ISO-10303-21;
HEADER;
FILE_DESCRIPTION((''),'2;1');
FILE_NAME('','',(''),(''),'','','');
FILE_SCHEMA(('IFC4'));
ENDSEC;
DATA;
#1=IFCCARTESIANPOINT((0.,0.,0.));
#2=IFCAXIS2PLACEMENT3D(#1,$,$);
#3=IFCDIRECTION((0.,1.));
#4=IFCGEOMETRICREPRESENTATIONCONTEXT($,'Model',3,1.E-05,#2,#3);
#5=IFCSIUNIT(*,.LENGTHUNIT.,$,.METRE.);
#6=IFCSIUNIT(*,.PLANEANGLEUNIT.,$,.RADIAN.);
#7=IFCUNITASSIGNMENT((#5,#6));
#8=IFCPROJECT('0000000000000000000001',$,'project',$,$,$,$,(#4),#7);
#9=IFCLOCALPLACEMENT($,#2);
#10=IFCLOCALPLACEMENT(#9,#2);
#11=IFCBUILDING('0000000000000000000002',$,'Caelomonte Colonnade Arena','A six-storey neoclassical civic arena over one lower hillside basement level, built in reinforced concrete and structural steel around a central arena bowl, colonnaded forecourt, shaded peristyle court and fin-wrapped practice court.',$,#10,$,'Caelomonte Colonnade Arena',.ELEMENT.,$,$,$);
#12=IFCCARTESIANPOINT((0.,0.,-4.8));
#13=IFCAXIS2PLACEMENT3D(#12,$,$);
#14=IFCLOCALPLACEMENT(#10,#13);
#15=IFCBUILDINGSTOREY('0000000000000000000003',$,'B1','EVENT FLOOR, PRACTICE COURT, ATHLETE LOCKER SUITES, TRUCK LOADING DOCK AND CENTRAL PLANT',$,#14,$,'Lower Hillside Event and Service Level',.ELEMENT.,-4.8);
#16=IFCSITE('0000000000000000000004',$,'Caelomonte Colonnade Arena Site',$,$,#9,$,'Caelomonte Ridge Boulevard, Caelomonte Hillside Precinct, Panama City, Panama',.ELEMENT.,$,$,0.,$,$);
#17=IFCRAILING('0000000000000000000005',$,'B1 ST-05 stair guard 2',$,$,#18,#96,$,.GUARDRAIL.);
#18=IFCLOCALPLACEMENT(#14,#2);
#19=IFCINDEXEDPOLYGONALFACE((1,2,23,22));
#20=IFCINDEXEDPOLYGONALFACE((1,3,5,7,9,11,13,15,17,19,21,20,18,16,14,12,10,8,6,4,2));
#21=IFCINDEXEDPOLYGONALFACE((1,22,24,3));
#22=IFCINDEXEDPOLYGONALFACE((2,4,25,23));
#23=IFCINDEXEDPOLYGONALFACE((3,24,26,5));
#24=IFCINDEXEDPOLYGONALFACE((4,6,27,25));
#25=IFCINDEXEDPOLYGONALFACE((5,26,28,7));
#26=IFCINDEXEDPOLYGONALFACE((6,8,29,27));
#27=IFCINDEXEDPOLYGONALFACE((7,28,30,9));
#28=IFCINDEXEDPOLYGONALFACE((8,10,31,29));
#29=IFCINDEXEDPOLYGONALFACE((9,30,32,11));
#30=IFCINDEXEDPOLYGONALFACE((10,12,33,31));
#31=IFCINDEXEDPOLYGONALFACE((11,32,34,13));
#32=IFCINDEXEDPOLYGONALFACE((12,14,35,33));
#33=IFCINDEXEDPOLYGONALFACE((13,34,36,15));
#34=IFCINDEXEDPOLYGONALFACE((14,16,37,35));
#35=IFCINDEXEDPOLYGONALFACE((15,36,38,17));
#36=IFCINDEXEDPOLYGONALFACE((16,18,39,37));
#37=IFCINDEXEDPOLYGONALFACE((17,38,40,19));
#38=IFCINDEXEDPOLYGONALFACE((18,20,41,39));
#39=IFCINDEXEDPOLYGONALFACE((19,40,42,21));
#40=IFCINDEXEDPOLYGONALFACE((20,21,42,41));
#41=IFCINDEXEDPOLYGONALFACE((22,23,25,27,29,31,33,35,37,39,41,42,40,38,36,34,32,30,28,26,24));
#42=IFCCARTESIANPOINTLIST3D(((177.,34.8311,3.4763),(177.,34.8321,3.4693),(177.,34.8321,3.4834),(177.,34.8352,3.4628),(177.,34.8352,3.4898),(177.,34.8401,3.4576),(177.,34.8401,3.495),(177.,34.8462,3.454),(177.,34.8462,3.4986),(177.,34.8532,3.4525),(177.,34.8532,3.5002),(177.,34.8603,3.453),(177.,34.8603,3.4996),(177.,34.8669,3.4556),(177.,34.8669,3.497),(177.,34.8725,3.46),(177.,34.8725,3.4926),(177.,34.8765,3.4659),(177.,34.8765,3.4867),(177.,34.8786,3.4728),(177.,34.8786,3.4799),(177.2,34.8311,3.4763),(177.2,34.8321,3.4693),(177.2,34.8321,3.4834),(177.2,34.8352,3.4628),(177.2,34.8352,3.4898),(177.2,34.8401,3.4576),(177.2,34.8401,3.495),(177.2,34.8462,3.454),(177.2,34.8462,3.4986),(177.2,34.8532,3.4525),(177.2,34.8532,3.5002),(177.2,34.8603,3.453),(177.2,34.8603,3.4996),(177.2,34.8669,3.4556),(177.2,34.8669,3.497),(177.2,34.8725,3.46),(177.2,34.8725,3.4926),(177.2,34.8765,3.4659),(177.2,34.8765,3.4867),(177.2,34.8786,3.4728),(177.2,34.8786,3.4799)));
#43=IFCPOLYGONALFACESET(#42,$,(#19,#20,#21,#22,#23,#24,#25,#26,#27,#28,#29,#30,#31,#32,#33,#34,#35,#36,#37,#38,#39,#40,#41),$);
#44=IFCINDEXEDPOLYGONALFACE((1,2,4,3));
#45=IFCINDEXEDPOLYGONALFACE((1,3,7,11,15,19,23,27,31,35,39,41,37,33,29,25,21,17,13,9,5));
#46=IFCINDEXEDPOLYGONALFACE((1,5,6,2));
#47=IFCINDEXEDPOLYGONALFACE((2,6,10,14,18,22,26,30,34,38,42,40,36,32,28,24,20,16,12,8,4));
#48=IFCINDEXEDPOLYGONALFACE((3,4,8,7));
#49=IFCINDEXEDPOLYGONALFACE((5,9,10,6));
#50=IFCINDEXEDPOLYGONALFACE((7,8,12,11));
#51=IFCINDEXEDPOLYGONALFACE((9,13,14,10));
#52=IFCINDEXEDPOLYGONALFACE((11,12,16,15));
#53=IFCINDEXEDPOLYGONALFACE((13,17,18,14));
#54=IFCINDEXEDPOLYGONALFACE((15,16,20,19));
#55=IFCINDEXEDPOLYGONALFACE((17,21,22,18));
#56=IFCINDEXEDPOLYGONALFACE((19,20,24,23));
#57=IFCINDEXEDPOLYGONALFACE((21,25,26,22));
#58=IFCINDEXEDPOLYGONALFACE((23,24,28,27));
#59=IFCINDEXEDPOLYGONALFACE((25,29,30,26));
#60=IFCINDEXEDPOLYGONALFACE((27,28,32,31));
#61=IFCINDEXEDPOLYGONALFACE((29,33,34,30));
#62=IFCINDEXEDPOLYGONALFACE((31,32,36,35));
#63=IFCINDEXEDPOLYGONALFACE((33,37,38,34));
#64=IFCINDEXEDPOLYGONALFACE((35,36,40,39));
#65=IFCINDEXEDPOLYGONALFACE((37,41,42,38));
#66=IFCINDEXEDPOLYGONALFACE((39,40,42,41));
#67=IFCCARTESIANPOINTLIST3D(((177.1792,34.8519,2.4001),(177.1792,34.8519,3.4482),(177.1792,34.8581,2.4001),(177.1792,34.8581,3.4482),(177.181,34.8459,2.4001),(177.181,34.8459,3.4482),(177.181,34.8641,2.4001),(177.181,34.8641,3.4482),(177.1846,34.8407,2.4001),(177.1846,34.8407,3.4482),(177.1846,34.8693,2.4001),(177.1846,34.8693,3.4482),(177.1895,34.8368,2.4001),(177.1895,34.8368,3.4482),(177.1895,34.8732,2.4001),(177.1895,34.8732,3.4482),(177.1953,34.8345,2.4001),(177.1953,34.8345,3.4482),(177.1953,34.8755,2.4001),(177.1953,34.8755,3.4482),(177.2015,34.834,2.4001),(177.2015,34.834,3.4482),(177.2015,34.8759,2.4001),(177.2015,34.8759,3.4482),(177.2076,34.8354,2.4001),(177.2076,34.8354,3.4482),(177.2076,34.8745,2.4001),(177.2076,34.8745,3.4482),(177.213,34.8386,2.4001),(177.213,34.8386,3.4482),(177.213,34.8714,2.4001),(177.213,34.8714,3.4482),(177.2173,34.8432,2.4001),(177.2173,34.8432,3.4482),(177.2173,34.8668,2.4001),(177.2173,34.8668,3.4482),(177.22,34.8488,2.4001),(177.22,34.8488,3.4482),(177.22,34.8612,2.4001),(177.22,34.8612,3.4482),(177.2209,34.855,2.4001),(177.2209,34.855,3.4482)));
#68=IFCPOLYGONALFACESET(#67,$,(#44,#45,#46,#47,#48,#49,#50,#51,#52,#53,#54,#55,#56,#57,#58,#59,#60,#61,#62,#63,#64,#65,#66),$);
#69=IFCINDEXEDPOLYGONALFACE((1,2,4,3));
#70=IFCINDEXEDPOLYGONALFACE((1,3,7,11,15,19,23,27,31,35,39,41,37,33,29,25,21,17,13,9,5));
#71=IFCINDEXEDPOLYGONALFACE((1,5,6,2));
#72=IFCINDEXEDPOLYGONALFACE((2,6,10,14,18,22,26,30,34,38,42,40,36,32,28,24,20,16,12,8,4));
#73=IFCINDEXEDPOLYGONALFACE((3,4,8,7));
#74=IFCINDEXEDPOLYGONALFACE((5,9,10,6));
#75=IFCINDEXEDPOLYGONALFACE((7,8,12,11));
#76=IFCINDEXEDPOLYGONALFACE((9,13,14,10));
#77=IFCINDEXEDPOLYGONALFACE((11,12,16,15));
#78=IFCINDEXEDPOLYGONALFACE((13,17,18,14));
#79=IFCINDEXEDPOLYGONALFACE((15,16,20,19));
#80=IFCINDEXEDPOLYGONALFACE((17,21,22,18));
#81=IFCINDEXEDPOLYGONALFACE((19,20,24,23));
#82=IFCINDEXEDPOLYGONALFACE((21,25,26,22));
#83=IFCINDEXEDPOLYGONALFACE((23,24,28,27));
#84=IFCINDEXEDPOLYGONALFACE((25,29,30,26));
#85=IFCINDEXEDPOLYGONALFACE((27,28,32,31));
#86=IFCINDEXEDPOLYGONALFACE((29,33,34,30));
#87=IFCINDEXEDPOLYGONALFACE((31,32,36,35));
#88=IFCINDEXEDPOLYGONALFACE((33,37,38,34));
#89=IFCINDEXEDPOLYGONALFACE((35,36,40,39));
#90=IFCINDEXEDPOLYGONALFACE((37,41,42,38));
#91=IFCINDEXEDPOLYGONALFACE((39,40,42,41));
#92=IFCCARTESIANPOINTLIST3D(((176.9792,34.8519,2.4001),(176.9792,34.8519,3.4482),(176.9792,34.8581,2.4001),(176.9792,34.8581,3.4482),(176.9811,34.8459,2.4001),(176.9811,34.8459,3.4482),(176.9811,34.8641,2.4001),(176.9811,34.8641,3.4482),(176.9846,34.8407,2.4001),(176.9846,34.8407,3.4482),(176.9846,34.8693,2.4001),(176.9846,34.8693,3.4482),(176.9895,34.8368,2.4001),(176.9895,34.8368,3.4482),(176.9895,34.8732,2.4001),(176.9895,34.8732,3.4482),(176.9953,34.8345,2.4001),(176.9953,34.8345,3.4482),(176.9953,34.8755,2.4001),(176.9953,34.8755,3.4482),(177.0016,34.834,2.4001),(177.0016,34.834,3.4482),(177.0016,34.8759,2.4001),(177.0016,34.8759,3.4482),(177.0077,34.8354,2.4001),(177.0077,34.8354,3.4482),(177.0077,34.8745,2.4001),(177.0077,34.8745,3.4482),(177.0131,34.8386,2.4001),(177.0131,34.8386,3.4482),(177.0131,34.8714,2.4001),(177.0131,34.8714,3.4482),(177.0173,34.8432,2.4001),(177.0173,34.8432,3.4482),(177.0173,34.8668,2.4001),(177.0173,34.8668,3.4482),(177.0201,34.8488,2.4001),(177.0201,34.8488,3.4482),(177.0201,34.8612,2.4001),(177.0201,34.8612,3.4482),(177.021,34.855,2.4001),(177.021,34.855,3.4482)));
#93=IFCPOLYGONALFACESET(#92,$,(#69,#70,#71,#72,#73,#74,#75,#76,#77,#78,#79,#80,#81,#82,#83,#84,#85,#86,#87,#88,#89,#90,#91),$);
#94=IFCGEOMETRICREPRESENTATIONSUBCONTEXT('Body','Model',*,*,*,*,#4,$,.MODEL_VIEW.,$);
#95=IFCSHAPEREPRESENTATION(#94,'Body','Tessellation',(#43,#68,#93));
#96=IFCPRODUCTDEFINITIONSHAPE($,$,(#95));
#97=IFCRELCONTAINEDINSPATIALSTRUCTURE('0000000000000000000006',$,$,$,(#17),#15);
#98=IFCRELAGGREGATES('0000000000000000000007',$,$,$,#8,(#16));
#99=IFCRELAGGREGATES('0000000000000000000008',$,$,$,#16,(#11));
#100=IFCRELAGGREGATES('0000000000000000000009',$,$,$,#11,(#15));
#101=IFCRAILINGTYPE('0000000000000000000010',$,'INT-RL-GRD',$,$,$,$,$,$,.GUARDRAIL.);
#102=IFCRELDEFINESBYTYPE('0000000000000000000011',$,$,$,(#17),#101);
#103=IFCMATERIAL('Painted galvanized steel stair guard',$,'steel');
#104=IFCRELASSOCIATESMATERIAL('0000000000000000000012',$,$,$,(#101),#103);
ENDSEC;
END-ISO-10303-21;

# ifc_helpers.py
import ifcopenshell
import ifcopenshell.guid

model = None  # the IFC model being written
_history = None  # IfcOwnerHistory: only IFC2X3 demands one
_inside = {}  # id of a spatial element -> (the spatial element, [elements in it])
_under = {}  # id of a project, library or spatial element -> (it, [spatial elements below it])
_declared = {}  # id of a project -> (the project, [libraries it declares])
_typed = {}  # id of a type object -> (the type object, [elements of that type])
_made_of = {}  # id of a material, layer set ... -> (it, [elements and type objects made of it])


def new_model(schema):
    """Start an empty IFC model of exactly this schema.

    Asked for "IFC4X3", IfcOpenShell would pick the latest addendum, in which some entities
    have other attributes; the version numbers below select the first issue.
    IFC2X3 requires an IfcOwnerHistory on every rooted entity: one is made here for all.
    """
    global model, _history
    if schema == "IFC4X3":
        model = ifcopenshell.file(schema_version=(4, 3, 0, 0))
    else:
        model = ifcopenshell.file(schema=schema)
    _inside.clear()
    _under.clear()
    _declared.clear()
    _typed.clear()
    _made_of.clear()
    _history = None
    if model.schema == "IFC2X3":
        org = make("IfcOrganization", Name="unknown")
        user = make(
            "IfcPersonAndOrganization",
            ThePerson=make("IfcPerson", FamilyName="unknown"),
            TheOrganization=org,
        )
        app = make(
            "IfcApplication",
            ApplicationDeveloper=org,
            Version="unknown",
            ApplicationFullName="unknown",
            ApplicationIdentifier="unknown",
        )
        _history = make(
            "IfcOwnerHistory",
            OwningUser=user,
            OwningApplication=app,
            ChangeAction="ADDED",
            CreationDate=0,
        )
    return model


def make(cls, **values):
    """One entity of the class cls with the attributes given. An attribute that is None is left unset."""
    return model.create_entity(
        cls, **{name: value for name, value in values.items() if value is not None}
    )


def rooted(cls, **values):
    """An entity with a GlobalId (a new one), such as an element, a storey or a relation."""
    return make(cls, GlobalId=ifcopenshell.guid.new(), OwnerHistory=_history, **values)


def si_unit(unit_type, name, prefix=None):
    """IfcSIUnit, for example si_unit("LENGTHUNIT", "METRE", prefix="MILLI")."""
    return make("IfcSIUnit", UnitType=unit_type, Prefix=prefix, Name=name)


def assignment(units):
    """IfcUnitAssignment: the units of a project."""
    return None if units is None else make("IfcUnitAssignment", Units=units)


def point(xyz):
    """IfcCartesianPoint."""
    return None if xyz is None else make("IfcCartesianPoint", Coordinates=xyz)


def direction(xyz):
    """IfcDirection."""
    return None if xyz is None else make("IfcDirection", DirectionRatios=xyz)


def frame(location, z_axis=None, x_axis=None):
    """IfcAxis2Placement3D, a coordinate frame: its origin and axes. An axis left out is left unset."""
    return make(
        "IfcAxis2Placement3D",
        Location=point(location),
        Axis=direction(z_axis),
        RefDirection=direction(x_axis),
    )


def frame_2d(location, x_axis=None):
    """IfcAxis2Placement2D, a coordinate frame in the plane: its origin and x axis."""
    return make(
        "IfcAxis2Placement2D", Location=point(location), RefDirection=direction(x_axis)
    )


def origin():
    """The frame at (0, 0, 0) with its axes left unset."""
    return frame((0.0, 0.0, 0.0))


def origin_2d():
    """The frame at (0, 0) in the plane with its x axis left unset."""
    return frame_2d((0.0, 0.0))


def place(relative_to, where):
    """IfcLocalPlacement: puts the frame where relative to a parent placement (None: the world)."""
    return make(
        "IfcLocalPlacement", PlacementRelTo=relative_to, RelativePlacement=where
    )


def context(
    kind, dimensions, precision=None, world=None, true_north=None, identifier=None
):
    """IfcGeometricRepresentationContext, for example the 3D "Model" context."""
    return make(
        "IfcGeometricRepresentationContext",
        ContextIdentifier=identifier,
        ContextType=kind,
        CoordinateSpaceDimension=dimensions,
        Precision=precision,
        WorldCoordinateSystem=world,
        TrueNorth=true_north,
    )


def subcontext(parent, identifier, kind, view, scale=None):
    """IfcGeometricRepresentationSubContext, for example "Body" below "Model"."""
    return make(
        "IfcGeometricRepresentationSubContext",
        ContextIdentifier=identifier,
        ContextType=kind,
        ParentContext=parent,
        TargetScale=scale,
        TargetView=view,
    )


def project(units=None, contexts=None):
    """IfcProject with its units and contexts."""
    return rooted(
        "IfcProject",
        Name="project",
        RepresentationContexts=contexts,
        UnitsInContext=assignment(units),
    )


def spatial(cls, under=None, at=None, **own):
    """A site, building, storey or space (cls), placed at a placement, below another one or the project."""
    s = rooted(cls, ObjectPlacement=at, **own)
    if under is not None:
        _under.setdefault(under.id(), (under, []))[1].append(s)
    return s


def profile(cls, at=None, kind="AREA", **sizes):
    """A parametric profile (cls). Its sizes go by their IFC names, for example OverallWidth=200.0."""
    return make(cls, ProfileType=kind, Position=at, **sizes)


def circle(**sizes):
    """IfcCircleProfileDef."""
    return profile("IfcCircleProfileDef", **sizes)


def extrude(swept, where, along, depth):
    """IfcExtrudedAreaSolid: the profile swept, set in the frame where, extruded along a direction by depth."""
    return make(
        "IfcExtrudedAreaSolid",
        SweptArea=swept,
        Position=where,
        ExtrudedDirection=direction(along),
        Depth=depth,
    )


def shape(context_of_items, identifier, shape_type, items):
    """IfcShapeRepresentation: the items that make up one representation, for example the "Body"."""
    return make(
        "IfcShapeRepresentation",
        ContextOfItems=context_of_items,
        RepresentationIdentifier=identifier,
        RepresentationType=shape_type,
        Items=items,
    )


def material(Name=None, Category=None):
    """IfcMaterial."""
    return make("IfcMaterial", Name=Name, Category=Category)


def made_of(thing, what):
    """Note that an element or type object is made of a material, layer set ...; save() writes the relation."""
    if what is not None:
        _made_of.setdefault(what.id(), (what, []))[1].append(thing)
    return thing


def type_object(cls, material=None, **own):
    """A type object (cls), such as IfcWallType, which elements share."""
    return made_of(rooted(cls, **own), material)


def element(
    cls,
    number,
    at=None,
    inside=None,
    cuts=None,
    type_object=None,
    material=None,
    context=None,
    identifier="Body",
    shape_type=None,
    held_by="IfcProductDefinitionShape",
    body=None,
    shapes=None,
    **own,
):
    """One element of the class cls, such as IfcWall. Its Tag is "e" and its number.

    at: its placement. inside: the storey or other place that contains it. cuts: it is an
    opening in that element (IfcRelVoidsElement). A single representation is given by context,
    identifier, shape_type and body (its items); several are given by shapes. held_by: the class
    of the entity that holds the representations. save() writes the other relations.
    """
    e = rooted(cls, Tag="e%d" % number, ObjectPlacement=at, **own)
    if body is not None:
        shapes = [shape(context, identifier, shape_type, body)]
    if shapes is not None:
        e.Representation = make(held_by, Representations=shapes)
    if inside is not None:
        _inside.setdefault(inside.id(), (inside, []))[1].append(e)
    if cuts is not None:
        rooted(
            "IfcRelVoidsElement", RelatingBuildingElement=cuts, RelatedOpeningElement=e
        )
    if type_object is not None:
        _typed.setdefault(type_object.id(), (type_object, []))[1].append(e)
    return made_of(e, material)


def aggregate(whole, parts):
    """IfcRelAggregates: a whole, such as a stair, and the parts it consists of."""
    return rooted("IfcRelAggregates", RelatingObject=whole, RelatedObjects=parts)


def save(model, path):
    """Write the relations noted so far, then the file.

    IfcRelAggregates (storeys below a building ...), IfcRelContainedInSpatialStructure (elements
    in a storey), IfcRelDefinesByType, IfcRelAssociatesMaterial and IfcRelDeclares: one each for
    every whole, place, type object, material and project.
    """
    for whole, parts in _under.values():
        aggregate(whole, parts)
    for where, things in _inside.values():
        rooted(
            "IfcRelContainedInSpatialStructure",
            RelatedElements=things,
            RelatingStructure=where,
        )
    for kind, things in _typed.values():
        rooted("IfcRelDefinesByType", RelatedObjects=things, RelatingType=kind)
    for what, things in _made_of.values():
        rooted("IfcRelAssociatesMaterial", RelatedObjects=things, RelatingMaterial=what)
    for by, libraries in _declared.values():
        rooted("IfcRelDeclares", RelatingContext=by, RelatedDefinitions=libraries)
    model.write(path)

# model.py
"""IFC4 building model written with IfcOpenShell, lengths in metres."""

from ifc_helpers import new_model, si_unit, direction, frame, origin, origin_2d, place, context, subcontext, project, spatial, circle, extrude, material, type_object, element, save


model = new_model("IFC4")

# Units and contexts
model_context = context("Model", 3, precision=1e-05, world=origin(), true_north=direction((0.0, 1.0)))
body_context = subcontext(model_context, "Body", "Model", "MODEL_VIEW")
ifc_project = project(units=[si_unit("LENGTHUNIT", "METRE"), si_unit("PLANEANGLEUNIT", "RADIAN")], contexts=[model_context])

# Site, building, storey
site_placement = place(None, origin())
site = spatial("IfcSite", under=ifc_project, at=site_placement, Name="Caelomonte Colonnade Arena Site", LongName="Caelomonte Ridge Boulevard, Caelomonte Hillside Precinct, Panama City, Panama", CompositionType="ELEMENT", RefElevation=0.0)
building_placement = place(site_placement, origin())
building = spatial("IfcBuilding", under=site, at=building_placement, Name="Caelomonte Colonnade Arena", Description="A six-storey neoclassical civic arena over one lower hillside basement level, built in reinforced concrete and structural steel around a central arena bowl, colonnaded forecourt, shaded peristyle court and fin-wrapped practice court.", LongName="Caelomonte Colonnade Arena", CompositionType="ELEMENT")
storey_placement = place(building_placement, frame((0.0, 0.0, -4.8)))
storey = spatial("IfcBuildingStorey", under=building, at=storey_placement, Name="B1", Description="EVENT FLOOR, PRACTICE COURT, ATHLETE LOCKER SUITES, TRUCK LOADING DOCK AND CENTRAL PLANT", LongName="Lower Hillside Event and Service Level", CompositionType="ELEMENT", Elevation=-4.8)

# Railing
ifc_material_1 = material(Name="Painted galvanized steel stair guard", Category="steel")
railing_type_1 = type_object("IfcRailingType", Name="INT-RL-GRD", PredefinedType="GUARDRAIL", material=ifc_material_1)
railing_1_placement = place(storey_placement, frame((177.2, 34.855, 2.4001)))
element("IfcRailing", 1, at=railing_1_placement, inside=storey, type_object=railing_type_1, Name="B1 ST-05 stair guard 2", PredefinedType="GUARDRAIL", context=body_context, shape_type="SweptSolid", body=[
    extrude(circle(Radius=0.0239, at=origin_2d()), frame((0.0, 0.0, 1.0762), z_axis=(-1.0, 0.0, 0.0), x_axis=(0.0, -1.0, 0.0)), (0.0, 0.0, 1.0), 0.2),
    extrude(circle(Radius=0.021, at=origin_2d()), origin(), (0.0, 0.0, 1.0), 1.0481),
    extrude(circle(Radius=0.021, at=origin_2d()), frame((-0.2, 0.0, 0.0)), (0.0, 0.0, 1.0), 1.0481),
])

save(model, "model.ifc")
